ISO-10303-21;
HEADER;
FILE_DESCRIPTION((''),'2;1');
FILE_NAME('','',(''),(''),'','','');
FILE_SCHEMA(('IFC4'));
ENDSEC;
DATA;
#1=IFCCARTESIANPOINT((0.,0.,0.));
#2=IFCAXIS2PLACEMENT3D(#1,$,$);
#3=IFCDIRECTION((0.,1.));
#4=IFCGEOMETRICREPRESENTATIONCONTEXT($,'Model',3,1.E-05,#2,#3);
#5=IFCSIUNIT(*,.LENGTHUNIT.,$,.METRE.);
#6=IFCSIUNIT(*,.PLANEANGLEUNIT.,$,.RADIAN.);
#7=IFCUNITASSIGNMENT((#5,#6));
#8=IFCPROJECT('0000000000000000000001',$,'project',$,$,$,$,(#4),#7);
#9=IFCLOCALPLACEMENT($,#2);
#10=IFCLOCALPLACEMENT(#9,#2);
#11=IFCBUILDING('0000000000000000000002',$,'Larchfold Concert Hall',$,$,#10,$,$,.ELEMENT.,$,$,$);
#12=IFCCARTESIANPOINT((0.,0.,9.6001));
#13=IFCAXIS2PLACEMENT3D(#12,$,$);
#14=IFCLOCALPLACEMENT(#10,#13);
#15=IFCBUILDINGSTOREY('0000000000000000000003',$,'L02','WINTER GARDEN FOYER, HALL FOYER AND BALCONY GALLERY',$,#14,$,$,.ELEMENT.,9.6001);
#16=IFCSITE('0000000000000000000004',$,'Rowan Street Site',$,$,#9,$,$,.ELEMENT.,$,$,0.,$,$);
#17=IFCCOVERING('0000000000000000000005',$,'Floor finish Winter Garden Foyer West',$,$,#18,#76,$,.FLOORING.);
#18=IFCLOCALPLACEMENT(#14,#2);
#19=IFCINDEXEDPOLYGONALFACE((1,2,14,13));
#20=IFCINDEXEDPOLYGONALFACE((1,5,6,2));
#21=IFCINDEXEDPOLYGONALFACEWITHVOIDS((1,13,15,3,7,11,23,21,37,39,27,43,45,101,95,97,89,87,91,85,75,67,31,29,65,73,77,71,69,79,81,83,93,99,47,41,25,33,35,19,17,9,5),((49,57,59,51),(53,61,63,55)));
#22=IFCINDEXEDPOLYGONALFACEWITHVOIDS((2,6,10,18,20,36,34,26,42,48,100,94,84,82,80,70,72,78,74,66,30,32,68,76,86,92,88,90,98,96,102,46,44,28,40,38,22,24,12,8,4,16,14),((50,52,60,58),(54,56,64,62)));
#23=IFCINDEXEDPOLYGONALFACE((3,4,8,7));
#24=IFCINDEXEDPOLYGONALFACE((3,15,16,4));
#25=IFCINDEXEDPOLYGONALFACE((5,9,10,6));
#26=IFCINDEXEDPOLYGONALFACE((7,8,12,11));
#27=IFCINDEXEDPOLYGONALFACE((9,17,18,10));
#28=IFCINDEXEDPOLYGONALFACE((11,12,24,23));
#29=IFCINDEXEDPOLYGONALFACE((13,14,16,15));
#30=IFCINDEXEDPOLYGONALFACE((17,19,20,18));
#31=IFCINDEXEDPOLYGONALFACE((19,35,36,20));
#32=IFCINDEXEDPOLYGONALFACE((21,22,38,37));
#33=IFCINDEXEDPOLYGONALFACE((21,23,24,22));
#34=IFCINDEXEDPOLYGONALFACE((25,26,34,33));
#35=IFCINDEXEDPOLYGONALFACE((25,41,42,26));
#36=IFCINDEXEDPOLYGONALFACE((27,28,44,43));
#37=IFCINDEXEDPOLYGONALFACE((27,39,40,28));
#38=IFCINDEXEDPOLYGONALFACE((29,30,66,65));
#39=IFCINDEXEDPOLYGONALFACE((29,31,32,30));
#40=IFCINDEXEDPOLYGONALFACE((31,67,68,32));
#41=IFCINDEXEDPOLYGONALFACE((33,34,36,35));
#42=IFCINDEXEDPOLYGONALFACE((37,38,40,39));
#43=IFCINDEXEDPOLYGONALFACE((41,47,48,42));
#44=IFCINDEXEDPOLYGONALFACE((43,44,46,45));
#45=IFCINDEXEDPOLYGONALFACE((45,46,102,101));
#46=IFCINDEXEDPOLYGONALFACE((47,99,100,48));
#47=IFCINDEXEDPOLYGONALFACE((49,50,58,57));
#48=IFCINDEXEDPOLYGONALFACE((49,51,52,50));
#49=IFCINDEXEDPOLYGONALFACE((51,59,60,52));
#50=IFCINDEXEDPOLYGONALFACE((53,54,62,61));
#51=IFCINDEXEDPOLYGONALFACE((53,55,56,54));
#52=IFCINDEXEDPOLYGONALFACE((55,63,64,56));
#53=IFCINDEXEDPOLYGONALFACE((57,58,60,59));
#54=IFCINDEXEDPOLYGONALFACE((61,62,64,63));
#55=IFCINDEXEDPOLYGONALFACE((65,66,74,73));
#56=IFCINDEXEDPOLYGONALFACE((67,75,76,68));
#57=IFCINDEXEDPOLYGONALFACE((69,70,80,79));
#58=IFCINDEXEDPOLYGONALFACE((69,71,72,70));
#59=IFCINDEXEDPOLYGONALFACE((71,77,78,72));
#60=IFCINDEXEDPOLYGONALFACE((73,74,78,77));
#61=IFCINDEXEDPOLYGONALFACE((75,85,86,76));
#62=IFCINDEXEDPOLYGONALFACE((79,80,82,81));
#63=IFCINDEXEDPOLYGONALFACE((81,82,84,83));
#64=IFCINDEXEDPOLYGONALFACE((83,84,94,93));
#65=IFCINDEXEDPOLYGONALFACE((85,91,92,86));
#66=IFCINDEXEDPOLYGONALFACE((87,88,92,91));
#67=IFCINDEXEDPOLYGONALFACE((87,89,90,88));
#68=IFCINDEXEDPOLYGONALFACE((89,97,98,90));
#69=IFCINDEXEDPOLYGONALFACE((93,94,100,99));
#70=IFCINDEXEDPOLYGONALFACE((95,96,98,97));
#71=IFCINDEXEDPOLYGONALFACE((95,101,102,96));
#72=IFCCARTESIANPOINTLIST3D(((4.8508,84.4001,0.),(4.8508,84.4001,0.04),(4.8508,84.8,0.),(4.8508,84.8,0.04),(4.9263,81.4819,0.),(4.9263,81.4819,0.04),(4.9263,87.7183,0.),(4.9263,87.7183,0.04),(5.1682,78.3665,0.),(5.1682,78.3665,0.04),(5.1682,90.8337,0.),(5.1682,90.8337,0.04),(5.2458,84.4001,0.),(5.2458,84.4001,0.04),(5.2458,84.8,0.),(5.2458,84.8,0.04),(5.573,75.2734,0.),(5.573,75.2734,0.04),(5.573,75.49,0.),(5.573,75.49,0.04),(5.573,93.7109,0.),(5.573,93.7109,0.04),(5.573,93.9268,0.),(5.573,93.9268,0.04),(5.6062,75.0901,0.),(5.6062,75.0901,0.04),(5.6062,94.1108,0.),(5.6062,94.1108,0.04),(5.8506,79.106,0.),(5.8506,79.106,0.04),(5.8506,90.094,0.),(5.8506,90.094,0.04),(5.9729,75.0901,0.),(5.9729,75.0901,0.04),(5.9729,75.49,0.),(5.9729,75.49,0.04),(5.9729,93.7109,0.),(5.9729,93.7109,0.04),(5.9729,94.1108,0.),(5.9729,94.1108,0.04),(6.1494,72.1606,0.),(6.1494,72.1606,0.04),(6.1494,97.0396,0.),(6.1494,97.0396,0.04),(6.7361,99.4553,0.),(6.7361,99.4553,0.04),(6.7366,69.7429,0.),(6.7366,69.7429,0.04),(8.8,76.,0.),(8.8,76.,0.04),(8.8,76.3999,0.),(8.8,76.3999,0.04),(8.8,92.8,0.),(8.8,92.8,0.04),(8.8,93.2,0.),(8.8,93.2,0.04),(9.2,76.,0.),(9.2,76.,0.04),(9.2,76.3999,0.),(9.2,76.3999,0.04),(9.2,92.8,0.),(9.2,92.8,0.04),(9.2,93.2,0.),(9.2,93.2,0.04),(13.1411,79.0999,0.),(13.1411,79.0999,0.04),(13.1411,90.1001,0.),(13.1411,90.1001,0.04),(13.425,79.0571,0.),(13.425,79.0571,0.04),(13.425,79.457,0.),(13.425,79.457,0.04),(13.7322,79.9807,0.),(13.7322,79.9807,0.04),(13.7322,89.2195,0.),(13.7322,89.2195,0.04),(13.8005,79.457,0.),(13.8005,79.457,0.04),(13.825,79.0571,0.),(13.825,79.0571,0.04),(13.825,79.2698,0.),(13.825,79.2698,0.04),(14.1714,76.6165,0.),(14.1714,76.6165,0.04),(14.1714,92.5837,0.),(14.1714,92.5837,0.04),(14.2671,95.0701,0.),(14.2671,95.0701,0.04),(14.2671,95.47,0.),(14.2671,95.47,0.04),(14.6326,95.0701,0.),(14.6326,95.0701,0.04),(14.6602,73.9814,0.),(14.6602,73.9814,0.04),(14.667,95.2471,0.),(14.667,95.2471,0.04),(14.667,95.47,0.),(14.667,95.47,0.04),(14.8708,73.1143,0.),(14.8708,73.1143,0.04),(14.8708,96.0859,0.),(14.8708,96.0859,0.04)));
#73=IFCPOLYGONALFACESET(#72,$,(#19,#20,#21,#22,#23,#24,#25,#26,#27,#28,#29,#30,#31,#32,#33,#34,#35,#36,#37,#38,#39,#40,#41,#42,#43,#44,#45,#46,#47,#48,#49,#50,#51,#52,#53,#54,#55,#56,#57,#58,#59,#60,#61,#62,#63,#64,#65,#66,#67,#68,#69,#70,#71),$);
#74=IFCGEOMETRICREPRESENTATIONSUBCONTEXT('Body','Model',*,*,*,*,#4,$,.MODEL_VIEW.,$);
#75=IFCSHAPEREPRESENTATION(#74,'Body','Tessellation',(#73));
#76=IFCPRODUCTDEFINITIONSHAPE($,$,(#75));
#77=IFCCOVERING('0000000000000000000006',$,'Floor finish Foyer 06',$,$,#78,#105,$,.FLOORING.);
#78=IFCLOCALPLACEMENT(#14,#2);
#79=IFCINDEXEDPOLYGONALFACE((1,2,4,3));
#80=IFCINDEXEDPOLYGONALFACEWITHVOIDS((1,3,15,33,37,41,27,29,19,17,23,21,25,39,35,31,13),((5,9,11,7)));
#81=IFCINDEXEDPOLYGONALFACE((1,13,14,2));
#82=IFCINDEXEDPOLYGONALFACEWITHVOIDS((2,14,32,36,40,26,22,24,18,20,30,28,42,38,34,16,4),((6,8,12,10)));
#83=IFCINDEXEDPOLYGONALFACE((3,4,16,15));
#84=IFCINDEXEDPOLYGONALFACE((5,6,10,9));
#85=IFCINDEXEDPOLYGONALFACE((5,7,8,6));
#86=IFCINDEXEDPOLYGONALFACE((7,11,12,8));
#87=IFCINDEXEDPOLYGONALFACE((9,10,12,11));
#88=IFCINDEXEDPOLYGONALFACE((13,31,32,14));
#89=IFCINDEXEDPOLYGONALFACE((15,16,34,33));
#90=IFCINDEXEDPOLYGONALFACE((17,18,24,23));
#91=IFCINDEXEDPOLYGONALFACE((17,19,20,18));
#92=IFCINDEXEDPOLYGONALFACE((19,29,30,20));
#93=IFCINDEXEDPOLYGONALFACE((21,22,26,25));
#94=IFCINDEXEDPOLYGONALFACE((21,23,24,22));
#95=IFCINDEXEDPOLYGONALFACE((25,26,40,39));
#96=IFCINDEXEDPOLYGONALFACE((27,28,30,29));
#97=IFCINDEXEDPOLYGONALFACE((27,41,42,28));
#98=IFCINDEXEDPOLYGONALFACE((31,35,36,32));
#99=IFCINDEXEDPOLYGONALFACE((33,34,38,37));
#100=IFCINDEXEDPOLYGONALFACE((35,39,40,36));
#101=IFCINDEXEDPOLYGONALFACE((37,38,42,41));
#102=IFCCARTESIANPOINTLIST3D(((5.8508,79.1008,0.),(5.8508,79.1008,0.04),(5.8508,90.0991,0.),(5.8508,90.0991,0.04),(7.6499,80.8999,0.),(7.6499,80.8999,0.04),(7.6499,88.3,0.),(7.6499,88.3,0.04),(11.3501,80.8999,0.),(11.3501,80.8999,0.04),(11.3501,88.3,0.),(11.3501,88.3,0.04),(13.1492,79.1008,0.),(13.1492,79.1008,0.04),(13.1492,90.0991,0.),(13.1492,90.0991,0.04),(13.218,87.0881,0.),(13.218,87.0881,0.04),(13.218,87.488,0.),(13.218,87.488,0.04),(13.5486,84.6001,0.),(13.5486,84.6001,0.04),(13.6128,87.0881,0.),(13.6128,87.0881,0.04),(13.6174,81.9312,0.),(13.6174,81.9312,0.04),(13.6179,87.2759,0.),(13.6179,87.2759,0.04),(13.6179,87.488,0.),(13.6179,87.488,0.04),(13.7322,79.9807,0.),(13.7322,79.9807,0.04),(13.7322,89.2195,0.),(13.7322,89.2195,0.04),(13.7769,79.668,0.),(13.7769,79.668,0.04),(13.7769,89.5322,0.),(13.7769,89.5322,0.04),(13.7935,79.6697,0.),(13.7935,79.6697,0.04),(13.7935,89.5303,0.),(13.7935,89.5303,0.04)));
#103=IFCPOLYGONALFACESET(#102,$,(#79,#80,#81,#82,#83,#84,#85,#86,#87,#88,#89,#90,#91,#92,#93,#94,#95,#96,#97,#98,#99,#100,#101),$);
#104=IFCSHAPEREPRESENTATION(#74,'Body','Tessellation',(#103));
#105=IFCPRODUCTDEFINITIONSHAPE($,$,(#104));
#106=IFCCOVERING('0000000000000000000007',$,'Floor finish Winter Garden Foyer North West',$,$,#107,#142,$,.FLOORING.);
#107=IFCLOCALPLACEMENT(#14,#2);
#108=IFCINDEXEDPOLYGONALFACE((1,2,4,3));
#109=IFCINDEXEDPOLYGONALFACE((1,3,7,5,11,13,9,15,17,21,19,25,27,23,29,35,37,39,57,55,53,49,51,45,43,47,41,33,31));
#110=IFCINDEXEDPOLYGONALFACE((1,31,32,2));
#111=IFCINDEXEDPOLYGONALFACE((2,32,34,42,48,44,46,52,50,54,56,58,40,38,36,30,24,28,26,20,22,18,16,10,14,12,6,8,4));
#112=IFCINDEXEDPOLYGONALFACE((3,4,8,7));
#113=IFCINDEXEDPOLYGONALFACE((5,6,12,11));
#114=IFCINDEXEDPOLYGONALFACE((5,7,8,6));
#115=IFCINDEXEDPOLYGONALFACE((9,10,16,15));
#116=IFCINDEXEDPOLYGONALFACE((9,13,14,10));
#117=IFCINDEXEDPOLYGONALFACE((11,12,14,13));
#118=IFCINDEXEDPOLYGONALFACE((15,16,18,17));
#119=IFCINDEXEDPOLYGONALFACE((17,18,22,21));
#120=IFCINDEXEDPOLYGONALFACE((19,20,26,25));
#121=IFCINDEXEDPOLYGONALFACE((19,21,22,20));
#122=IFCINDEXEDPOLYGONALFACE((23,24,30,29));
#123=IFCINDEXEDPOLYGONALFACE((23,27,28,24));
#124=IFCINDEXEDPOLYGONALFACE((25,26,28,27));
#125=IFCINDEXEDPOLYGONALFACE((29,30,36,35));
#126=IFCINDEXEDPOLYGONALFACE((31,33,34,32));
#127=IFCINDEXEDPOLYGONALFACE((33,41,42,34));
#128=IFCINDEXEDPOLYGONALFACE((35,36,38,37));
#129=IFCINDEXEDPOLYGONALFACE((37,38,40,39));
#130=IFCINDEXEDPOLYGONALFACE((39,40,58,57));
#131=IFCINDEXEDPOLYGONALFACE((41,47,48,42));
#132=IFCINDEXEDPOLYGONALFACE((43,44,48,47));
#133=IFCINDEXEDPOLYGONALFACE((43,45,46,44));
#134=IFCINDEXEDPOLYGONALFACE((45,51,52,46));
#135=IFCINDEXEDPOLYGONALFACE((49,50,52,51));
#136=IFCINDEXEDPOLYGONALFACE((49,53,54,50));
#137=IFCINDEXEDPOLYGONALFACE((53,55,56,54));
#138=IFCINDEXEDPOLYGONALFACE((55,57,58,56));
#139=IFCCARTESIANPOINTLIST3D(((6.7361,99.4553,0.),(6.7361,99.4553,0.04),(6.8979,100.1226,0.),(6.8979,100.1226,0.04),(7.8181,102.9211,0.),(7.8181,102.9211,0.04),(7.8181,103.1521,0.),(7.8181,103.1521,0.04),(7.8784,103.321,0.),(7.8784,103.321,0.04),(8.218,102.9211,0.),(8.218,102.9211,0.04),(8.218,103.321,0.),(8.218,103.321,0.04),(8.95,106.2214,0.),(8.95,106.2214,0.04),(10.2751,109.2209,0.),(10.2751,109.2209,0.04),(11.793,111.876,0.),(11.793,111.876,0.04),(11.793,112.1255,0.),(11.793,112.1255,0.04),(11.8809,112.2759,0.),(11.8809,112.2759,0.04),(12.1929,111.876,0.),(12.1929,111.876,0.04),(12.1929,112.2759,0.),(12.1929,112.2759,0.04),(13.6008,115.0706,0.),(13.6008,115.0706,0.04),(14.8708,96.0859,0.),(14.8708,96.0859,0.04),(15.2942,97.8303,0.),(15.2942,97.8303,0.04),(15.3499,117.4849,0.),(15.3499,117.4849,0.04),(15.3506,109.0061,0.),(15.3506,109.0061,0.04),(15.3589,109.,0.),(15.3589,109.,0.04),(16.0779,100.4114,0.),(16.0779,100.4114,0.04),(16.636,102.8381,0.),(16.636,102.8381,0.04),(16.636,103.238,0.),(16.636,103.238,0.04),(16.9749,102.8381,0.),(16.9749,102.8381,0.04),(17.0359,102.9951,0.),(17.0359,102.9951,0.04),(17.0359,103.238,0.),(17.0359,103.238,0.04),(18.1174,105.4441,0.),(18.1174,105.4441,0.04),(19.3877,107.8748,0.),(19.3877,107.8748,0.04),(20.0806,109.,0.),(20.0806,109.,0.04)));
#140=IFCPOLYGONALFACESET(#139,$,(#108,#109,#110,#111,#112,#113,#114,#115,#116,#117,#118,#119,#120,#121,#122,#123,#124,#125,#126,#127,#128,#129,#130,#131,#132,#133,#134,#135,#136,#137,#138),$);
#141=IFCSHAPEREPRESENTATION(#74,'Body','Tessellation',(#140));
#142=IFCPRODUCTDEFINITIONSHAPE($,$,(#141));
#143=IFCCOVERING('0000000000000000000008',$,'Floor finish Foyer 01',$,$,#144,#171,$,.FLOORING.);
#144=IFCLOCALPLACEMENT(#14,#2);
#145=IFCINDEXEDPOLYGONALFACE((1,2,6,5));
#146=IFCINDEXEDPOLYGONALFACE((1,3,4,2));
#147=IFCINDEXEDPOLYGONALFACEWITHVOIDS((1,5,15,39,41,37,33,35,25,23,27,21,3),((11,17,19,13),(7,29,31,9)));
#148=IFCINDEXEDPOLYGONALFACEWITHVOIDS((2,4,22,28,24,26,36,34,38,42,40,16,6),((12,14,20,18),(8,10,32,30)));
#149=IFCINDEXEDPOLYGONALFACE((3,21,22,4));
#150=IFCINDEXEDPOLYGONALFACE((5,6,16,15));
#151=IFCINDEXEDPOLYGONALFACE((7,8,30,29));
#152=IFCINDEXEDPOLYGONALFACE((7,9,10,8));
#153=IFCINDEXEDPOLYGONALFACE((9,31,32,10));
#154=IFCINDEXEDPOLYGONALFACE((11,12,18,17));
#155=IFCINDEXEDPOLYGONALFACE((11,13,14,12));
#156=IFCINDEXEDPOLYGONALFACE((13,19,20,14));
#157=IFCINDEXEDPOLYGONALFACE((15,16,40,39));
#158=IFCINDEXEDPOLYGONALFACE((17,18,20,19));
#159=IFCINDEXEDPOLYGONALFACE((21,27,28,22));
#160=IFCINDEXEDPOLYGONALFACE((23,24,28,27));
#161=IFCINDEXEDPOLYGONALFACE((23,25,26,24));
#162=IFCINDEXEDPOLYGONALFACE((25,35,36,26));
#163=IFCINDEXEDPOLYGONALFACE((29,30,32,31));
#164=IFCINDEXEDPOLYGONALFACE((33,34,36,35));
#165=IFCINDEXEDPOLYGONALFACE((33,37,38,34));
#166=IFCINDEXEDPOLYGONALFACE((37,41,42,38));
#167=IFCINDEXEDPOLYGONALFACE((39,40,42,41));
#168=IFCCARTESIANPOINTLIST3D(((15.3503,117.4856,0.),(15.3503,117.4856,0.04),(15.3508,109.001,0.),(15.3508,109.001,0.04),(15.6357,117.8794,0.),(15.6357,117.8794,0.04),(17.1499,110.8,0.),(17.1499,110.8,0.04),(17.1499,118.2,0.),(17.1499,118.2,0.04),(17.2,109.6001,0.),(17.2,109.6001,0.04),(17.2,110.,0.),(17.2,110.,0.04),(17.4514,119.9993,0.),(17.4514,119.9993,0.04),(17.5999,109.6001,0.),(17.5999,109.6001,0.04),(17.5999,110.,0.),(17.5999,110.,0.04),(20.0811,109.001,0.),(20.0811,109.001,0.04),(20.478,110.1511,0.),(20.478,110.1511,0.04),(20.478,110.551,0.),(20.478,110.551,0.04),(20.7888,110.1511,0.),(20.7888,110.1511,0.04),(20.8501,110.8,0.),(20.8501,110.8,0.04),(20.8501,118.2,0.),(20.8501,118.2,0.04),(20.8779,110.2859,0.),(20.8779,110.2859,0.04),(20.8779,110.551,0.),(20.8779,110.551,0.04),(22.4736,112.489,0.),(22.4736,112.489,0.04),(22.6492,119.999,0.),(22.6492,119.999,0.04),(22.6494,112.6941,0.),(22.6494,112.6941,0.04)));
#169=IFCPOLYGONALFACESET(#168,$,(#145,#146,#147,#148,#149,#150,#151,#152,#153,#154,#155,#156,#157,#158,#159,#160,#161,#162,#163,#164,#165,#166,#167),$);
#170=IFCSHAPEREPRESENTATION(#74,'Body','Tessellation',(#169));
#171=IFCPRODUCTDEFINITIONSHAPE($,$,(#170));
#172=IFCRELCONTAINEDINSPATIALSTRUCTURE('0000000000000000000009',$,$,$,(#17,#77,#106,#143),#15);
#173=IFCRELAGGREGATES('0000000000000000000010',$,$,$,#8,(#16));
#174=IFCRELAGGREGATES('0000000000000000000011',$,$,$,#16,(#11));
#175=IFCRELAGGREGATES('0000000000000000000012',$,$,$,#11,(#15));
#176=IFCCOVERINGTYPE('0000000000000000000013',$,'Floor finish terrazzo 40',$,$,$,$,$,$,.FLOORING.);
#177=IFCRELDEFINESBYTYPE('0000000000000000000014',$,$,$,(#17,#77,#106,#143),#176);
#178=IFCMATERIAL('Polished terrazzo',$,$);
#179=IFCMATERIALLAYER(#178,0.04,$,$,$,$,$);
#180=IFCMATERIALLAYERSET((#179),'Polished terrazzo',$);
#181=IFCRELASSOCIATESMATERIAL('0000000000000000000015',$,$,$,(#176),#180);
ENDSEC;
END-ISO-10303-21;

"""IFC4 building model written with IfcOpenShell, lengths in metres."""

from ifc_helpers import new_model, si_unit, direction, frame, origin, place, context, subcontext, project, spatial, polyline, outline, extrude, material, layer, layer_set, type_object, element, save


model = new_model("IFC4")

# Units and contexts
model_context = context("Model", 3, precision=1e-05, world=origin(), true_north=direction((0.0, 1.0)))
body_context = subcontext(model_context, "Body", "Model", "MODEL_VIEW")
ifc_project = project(units=[si_unit("LENGTHUNIT", "METRE"), si_unit("PLANEANGLEUNIT", "RADIAN")], contexts=[model_context])

# Site, building, storey
site_placement = place(None, origin())
site = spatial("IfcSite", under=ifc_project, at=site_placement, Name="Rowan Street Site", CompositionType="ELEMENT", RefElevation=0.0)
building_placement = place(site_placement, origin())
building = spatial("IfcBuilding", under=site, at=building_placement, Name="Larchfold Concert Hall", CompositionType="ELEMENT")
storey_placement = place(building_placement, frame((0.0, 0.0, 9.6001)))
storey = spatial("IfcBuildingStorey", under=building, at=storey_placement, Name="L02", Description="WINTER GARDEN FOYER, HALL FOYER AND BALCONY GALLERY", CompositionType="ELEMENT", Elevation=9.6001)

# Coverings
ifc_material_1 = material(Name="Polished terrazzo")
ifc_layer_1 = layer(ifc_material_1, 0.04)
ifc_layer_set_1 = layer_set([ifc_layer_1], Name="Polished terrazzo")
covering_type_1 = type_object("IfcCoveringType", Name="Floor finish terrazzo 40", PredefinedType="FLOORING", material=ifc_layer_set_1)
covering_1_placement = place(storey_placement, origin())
element("IfcCovering", 1, at=covering_1_placement, inside=storey, type_object=covering_type_1, Name="Floor finish Winter Garden Foyer West", PredefinedType="FLOORING", context=body_context, shape_type="SweptSolid", body=[
    extrude(outline(polyline([(5.1682, 78.3665), (5.573, 75.2734), (5.573, 75.49), (5.9729, 75.49), (5.9729, 75.0901), (5.6062, 75.0901), (6.1494, 72.1606), (6.7366, 69.7429), (14.8708, 73.1143), (14.6602, 73.9814), (14.1714, 76.6165), (13.825, 79.2698), (13.825, 79.0571), (13.425, 79.0571), (13.425, 79.457), (13.8005, 79.457), (13.7322, 79.9807), (13.1411, 79.0999), (5.8506, 79.106), (5.8506, 90.094), (13.1411, 90.1001), (13.7322, 89.2195), (14.1714, 92.5837), (14.6326, 95.0701), (14.2671, 95.0701), (14.2671, 95.47), (14.667, 95.47), (14.667, 95.2471), (14.8708, 96.0859), (6.7361, 99.4553), (6.1494, 97.0396), (5.6062, 94.1108), (5.9729, 94.1108), (5.9729, 93.7109), (5.573, 93.7109), (5.573, 93.9268), (5.1682, 90.8337), (4.9263, 87.7183), (4.8508, 84.8), (5.2458, 84.8), (5.2458, 84.4001), (4.8508, 84.4001), (4.9263, 81.4819), (5.1682, 78.3665)]), holes=[polyline([(9.2, 76.0), (8.8, 76.0), (8.8, 76.3999), (9.2, 76.3999), (9.2, 76.0)]), polyline([(9.2, 92.8), (8.8, 92.8), (8.8, 93.2), (9.2, 93.2), (9.2, 92.8)])]), origin(), (0.0, 0.0, 1.0), 0.04),
])
covering_2_placement = place(storey_placement, origin())
element("IfcCovering", 2, at=covering_2_placement, inside=storey, type_object=covering_type_1, Name="Floor finish Foyer 06", PredefinedType="FLOORING", context=body_context, shape_type="SweptSolid", body=[
    extrude(outline(polyline([(5.8508, 90.0991), (5.8508, 79.1008), (13.1492, 79.1008), (13.7322, 79.9807), (13.7769, 79.668), (13.7935, 79.6697), (13.6174, 81.9312), (13.5486, 84.6001), (13.6128, 87.0881), (13.218, 87.0881), (13.218, 87.488), (13.6179, 87.488), (13.6179, 87.2759), (13.7935, 89.5303), (13.7769, 89.5322), (13.7322, 89.2195), (13.1492, 90.0991), (5.8508, 90.0991)]), holes=[polyline([(7.6499, 80.8999), (7.6499, 88.3), (11.3501, 88.3), (11.3501, 80.8999), (7.6499, 80.8999)])]), origin(), (0.0, 0.0, 1.0), 0.04),
])
covering_3_placement = place(storey_placement, origin())
element("IfcCovering", 3, at=covering_3_placement, inside=storey, type_object=covering_type_1, Name="Floor finish Winter Garden Foyer North West", PredefinedType="FLOORING", context=body_context, shape_type="SweptSolid", body=[
    extrude(outline(polyline([(6.8979, 100.1226), (6.7361, 99.4553), (14.8708, 96.0859), (15.2942, 97.8303), (16.0779, 100.4114), (16.9749, 102.8381), (16.636, 102.8381), (16.636, 103.238), (17.0359, 103.238), (17.0359, 102.9951), (18.1174, 105.4441), (19.3877, 107.8748), (20.0806, 109.0), (15.3589, 109.0), (15.3506, 109.0061), (15.3499, 117.4849), (13.6008, 115.0706), (11.8809, 112.2759), (12.1929, 112.2759), (12.1929, 111.876), (11.793, 111.876), (11.793, 112.1255), (10.2751, 109.2209), (8.95, 106.2214), (7.8784, 103.321), (8.218, 103.321), (8.218, 102.9211), (7.8181, 102.9211), (7.8181, 103.1521), (6.8979, 100.1226)])), origin(), (0.0, 0.0, 1.0), 0.04),
])
covering_4_placement = place(storey_placement, origin())
element("IfcCovering", 4, at=covering_4_placement, inside=storey, type_object=covering_type_1, Name="Floor finish Foyer 01", PredefinedType="FLOORING", context=body_context, shape_type="SweptSolid", body=[
    extrude(outline(polyline([(20.0811, 109.001), (20.7888, 110.1511), (20.478, 110.1511), (20.478, 110.551), (20.8779, 110.551), (20.8779, 110.2859), (22.4736, 112.489), (22.6494, 112.6941), (22.6492, 119.999), (17.4514, 119.9993), (15.6357, 117.8794), (15.3503, 117.4856), (15.3508, 109.001), (20.0811, 109.001)]), holes=[polyline([(17.1499, 110.8), (17.1499, 118.2), (20.8501, 118.2), (20.8501, 110.8), (17.1499, 110.8)]), polyline([(17.5999, 109.6001), (17.2, 109.6001), (17.2, 110.0), (17.5999, 110.0), (17.5999, 109.6001)])]), origin(), (0.0, 0.0, 1.0), 0.04),
])

save(model, "model.ifc")
